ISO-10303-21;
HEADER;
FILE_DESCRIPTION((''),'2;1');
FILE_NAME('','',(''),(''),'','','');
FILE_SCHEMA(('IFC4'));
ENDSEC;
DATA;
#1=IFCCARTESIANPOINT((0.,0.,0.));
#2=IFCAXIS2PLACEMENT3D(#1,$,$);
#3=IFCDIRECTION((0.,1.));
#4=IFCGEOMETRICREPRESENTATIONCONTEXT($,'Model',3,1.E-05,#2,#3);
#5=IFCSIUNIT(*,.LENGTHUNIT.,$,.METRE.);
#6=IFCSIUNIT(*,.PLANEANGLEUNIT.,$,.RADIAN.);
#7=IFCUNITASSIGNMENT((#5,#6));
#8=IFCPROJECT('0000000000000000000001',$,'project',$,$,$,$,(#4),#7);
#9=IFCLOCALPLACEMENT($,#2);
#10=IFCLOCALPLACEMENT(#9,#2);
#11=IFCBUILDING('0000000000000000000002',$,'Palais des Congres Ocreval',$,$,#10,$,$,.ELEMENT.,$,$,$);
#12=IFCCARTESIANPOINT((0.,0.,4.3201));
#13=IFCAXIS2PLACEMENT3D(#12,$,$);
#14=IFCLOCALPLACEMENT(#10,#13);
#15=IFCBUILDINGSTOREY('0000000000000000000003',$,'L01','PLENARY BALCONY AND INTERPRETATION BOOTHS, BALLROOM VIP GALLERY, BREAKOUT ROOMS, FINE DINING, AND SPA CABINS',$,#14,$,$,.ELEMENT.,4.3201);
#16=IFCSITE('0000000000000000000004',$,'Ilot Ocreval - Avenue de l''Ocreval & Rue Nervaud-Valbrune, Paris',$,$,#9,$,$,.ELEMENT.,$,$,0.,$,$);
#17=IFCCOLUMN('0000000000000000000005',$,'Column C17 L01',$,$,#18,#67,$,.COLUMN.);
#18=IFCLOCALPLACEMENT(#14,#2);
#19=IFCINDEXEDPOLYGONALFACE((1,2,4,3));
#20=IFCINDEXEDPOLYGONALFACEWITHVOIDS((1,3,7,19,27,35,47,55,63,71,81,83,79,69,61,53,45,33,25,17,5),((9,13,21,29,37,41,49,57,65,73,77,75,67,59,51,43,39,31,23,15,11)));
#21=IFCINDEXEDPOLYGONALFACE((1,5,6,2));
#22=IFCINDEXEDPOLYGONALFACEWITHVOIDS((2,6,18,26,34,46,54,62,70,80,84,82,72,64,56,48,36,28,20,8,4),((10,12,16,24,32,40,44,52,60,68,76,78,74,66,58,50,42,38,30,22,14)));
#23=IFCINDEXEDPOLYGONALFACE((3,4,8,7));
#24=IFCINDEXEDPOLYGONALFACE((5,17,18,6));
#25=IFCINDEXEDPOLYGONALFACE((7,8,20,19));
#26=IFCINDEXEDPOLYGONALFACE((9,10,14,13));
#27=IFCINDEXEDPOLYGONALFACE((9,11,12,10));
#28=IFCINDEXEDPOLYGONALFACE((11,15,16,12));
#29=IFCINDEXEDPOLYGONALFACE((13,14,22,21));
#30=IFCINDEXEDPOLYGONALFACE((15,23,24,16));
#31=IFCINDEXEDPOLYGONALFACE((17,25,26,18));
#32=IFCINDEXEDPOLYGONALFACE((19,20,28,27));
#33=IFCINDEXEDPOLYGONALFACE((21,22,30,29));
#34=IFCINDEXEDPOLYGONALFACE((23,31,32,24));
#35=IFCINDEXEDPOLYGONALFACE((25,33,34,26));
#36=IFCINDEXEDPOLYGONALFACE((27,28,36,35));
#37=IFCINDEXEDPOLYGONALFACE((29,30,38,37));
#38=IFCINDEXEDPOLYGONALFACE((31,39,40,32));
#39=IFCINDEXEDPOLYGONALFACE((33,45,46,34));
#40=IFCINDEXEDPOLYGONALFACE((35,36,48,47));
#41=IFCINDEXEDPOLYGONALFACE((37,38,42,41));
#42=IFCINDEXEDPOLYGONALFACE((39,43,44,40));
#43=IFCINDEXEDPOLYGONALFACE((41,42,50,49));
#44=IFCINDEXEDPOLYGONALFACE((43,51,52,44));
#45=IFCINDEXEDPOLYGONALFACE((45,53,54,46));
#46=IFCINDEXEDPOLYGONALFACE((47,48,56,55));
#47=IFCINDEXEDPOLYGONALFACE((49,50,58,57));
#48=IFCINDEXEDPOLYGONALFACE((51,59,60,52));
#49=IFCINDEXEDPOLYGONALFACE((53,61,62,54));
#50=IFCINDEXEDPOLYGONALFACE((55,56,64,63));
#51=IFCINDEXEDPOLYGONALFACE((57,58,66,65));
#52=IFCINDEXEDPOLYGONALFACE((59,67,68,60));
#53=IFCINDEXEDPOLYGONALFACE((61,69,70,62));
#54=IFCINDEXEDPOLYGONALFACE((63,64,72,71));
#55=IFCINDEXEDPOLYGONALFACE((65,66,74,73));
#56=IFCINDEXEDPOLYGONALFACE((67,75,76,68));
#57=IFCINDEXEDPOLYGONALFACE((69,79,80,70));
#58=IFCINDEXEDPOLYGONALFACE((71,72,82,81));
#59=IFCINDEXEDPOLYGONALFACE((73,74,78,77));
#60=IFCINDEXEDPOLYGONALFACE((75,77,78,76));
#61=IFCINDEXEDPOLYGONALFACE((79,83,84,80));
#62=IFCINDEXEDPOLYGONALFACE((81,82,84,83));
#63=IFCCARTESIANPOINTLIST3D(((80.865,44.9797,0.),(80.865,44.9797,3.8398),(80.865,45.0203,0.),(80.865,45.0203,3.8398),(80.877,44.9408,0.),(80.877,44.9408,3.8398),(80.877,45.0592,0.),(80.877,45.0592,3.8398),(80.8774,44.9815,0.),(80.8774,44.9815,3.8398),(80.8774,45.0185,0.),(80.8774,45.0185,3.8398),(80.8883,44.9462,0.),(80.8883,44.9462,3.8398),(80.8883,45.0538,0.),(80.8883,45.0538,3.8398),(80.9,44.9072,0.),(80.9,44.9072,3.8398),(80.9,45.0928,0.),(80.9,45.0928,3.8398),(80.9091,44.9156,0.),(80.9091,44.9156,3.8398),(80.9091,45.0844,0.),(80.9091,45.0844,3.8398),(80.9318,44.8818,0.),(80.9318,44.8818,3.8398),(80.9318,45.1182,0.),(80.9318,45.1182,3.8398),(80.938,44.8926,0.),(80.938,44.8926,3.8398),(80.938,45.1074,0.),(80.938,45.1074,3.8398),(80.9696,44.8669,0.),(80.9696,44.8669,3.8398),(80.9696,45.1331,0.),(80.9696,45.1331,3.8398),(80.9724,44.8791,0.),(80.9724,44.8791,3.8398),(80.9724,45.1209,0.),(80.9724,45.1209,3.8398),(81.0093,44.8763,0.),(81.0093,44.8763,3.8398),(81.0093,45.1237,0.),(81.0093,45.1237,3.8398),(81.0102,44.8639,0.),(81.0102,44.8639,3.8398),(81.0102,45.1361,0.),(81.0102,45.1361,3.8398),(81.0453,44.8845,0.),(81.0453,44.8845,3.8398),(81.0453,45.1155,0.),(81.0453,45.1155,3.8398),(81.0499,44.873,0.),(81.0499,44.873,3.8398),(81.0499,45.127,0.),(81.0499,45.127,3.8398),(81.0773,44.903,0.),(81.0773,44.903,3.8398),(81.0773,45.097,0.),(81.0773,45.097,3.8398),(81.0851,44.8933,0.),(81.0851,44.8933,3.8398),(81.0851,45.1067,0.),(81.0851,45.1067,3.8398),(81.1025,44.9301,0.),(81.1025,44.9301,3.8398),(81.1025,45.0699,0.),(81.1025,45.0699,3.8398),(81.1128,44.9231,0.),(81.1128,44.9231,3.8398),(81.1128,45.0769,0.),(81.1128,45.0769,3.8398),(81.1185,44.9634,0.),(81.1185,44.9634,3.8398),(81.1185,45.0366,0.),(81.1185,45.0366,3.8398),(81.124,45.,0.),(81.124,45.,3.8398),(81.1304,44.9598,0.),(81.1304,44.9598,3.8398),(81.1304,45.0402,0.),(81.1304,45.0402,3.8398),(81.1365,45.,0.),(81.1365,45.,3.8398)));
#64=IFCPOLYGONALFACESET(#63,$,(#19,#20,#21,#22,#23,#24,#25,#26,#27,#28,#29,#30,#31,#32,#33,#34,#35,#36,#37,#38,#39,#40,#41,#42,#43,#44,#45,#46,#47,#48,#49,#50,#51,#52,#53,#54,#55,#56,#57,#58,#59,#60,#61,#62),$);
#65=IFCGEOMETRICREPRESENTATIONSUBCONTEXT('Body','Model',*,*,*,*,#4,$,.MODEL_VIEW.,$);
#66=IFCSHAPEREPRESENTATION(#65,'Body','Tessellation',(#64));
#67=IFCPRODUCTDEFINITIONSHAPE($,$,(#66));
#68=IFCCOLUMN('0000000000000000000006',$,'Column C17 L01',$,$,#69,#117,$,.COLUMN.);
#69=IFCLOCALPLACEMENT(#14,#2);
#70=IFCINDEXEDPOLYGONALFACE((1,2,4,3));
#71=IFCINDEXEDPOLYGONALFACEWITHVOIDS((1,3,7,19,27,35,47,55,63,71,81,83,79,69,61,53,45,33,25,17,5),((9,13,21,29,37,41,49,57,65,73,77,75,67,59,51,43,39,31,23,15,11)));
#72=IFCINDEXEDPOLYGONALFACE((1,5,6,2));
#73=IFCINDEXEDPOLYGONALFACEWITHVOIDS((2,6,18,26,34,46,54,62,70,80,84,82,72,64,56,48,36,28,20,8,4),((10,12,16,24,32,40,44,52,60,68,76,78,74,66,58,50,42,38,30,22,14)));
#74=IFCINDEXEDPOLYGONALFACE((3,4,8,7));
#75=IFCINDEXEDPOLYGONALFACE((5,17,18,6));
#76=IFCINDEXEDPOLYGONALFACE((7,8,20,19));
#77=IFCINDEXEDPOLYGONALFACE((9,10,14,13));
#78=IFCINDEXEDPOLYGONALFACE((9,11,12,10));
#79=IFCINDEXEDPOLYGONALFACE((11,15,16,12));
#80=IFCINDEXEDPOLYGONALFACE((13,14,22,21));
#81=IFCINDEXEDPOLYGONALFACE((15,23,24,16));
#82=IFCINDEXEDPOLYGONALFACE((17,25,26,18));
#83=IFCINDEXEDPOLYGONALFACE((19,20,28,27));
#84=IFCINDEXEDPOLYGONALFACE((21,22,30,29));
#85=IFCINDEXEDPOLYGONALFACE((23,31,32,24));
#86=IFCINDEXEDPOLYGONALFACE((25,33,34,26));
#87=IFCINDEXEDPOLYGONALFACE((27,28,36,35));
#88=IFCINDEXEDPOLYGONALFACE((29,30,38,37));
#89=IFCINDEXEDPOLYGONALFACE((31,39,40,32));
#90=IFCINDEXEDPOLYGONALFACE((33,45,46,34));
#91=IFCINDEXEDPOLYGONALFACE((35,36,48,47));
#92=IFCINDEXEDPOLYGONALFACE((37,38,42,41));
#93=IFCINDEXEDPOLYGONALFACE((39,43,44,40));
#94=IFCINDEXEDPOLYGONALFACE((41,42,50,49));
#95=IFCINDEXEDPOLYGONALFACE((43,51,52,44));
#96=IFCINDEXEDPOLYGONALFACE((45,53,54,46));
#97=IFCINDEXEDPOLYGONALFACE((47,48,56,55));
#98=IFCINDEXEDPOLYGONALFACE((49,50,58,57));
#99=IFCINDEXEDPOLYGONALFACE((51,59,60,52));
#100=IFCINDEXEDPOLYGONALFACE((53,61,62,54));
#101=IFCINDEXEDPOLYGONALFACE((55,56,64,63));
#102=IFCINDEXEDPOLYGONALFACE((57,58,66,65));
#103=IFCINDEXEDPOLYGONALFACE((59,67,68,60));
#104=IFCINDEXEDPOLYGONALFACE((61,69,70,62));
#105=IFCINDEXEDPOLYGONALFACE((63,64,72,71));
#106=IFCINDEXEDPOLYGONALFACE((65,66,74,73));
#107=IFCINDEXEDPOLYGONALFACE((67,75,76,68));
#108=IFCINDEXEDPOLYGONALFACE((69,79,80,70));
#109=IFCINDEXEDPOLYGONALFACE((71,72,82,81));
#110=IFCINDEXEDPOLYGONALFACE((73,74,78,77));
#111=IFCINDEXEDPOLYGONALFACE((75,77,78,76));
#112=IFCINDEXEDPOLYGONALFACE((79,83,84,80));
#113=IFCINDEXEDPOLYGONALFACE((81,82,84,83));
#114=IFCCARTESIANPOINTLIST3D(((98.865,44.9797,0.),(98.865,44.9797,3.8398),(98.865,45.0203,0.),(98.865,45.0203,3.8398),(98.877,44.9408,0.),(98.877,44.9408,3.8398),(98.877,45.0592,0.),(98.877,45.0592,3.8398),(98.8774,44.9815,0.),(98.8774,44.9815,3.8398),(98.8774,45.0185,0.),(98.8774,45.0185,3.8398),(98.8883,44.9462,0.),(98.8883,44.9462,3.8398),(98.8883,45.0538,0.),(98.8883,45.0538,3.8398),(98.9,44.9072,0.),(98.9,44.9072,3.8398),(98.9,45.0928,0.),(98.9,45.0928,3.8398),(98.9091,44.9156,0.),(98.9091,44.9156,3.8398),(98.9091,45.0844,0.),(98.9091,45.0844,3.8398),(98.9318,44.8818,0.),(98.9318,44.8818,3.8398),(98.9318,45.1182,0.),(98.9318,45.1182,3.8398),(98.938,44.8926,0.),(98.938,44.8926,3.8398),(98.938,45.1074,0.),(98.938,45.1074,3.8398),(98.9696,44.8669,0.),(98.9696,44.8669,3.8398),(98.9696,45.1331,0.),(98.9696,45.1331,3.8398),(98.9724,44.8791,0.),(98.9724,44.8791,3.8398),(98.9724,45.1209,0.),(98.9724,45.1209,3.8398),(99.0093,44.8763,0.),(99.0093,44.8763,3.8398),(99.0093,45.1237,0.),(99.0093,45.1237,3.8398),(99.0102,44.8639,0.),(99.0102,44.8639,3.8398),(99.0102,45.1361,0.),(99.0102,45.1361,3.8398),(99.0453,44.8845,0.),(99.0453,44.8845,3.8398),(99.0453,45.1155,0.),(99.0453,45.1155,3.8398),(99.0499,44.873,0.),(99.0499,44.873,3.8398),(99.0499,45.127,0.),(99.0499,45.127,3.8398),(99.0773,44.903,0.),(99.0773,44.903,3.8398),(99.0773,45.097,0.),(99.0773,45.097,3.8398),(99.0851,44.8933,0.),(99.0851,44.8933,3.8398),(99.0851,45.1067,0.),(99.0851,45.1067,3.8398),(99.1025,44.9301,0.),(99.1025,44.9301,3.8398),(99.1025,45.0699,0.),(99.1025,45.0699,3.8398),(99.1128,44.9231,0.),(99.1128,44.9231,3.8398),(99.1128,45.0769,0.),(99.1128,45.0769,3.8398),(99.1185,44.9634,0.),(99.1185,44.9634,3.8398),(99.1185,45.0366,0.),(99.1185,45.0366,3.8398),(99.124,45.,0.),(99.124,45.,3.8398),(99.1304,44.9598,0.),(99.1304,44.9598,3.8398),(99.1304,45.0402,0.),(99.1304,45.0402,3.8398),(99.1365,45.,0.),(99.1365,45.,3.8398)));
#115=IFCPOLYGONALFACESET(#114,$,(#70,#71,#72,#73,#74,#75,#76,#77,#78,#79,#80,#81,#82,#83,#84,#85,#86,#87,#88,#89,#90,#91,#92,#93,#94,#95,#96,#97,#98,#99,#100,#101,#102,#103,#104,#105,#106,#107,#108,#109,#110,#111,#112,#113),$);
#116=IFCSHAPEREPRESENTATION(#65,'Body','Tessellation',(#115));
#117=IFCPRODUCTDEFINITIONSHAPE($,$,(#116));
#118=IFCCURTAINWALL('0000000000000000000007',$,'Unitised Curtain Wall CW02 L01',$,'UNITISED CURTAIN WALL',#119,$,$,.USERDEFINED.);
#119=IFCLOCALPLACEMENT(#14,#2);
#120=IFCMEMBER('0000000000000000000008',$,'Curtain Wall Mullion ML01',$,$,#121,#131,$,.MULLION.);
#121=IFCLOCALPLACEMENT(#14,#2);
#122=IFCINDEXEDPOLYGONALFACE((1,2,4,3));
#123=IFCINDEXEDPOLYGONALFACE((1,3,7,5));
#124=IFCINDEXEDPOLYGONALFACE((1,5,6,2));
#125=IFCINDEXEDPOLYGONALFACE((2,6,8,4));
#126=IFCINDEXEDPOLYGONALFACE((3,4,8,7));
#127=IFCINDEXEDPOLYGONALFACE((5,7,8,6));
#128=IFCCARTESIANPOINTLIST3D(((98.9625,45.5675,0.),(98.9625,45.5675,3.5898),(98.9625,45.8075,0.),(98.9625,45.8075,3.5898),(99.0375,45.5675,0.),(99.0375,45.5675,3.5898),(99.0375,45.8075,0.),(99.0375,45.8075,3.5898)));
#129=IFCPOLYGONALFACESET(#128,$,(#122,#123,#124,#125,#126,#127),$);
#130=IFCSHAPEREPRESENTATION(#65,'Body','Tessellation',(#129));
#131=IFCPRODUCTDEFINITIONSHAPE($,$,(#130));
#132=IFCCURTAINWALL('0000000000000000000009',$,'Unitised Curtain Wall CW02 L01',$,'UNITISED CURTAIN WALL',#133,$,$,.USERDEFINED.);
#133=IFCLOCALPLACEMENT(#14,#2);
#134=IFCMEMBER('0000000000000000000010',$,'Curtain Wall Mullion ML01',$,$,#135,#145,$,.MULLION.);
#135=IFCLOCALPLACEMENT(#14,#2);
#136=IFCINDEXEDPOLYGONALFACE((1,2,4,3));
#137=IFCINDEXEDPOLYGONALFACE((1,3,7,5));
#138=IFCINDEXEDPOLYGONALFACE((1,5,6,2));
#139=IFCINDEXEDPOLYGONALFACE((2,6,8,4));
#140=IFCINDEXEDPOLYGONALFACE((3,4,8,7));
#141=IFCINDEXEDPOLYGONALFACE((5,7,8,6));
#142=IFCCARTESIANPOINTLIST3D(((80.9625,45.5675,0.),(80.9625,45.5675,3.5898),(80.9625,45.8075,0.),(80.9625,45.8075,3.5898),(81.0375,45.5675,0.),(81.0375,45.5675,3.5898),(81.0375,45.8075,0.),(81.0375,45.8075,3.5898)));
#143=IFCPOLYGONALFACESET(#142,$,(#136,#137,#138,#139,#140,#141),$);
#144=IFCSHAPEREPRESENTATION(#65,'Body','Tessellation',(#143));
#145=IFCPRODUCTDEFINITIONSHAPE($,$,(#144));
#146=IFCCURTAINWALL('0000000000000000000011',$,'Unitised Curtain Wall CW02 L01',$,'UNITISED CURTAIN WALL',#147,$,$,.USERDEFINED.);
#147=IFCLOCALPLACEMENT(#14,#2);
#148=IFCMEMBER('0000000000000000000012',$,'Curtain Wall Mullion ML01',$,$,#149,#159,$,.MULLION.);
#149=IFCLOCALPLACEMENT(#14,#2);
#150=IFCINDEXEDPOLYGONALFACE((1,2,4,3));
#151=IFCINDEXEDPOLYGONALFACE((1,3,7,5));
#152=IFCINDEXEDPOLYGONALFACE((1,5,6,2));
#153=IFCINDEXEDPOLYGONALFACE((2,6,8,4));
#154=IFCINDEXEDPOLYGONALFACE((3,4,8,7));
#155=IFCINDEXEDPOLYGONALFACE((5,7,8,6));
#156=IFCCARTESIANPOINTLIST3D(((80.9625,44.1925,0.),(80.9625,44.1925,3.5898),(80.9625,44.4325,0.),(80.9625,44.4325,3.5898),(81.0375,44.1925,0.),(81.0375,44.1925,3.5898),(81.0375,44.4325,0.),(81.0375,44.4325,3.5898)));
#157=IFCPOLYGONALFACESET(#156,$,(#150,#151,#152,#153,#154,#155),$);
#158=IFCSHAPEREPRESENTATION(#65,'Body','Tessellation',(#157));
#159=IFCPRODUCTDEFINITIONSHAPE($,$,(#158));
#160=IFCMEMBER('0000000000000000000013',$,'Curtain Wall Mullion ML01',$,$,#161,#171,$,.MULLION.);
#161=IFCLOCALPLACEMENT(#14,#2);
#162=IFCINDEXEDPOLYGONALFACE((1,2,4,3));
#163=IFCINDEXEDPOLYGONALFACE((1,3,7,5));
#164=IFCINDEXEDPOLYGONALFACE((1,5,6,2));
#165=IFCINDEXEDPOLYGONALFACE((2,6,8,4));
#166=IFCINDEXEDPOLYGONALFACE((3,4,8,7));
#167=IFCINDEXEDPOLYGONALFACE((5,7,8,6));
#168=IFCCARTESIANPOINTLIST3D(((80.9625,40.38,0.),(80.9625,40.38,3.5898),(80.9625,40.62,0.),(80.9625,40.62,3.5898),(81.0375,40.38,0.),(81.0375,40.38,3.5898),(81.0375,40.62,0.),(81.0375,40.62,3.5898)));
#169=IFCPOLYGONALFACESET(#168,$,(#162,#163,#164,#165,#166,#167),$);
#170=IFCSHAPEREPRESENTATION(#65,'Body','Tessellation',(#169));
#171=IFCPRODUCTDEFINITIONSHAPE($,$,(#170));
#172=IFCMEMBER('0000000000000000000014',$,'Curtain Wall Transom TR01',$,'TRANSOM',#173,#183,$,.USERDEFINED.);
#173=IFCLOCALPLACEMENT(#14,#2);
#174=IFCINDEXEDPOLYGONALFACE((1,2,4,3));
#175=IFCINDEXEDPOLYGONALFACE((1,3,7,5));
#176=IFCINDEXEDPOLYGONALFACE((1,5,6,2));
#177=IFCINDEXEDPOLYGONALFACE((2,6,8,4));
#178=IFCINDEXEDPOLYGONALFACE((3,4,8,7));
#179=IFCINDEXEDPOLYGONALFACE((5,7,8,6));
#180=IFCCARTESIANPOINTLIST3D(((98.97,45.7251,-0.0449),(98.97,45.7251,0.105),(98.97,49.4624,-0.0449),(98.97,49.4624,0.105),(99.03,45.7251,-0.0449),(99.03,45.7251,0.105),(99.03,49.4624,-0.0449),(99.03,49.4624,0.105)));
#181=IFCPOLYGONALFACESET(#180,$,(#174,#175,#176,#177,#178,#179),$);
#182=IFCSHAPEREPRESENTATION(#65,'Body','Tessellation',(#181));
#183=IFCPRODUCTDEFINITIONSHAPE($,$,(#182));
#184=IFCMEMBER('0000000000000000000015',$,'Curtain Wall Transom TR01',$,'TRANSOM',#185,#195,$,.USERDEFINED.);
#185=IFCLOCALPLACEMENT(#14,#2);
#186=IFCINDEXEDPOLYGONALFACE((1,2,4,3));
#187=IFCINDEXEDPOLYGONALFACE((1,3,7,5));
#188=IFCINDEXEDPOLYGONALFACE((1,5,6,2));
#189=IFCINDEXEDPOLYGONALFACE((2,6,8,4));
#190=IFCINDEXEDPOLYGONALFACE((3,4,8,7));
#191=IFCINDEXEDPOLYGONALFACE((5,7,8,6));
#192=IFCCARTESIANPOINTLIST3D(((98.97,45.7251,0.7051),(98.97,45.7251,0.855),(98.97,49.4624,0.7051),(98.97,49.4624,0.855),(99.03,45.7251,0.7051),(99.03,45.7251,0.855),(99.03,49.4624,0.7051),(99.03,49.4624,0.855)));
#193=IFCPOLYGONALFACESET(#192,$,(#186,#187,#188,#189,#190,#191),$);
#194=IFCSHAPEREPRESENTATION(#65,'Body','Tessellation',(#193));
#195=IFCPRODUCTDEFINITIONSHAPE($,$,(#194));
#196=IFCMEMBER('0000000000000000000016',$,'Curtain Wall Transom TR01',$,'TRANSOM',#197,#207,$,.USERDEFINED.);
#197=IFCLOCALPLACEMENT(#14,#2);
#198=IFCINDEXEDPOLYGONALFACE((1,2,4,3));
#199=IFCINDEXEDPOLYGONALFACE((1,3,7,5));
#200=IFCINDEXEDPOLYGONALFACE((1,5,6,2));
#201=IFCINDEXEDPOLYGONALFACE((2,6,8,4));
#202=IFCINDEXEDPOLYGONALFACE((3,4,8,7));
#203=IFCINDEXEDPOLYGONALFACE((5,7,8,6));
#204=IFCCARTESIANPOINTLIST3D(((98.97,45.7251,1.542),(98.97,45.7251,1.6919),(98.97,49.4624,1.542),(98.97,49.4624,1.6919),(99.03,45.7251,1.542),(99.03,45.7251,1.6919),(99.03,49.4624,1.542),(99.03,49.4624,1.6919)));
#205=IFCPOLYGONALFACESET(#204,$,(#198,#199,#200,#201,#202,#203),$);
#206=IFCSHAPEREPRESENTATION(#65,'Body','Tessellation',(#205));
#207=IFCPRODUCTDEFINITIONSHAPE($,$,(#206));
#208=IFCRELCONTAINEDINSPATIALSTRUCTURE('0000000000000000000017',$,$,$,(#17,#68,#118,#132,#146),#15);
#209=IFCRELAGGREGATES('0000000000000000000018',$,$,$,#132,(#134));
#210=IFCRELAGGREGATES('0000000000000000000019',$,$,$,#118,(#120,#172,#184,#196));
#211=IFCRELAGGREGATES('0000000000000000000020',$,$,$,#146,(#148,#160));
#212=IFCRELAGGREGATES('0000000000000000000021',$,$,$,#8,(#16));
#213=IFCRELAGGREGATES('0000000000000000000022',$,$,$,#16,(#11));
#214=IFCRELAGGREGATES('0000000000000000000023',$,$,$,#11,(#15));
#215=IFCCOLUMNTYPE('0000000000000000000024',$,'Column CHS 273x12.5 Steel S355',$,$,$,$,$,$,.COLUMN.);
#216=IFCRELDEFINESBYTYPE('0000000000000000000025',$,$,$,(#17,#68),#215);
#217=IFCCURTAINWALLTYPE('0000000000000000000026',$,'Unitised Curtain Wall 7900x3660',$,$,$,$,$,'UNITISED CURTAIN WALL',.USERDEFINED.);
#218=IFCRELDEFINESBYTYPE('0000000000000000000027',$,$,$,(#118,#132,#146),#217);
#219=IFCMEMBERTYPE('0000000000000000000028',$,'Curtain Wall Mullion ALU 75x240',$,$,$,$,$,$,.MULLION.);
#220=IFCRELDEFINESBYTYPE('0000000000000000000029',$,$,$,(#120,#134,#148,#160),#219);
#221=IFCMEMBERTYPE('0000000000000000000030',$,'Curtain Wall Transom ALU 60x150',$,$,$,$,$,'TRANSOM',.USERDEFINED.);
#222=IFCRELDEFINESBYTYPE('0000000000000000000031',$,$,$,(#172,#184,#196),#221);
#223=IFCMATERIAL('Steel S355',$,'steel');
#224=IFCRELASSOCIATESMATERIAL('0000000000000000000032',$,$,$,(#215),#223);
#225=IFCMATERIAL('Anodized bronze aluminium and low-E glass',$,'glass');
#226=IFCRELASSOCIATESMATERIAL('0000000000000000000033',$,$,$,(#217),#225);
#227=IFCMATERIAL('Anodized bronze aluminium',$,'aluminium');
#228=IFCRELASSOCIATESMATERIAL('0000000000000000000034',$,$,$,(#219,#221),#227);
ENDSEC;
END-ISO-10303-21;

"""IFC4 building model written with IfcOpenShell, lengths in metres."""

from ifc_helpers import new_model, si_unit, direction, frame, origin, origin_2d, place, context, subcontext, project, spatial, rectangle, hollow_circle, extrude, material, material_profile, profile_set, type_object, element, aggregate, save


model = new_model("IFC4")

# Units and contexts
model_context = context("Model", 3, precision=1e-05, world=origin(), true_north=direction((0.0, 1.0)))
body_context = subcontext(model_context, "Body", "Model", "MODEL_VIEW")
ifc_project = project(units=[si_unit("LENGTHUNIT", "METRE"), si_unit("PLANEANGLEUNIT", "RADIAN")], contexts=[model_context])

# Site, building, storey
site_placement = place(None, origin())
site = spatial("IfcSite", under=ifc_project, at=site_placement, Name="Ilot Ocreval - Avenue de l'Ocreval & Rue Nervaud-Valbrune, Paris", CompositionType="ELEMENT", RefElevation=0.0)
building_placement = place(site_placement, origin())
building = spatial("IfcBuilding", under=site, at=building_placement, Name="Palais des Congres Ocreval", CompositionType="ELEMENT")
storey_placement = place(building_placement, frame((0.0, 0.0, 4.3201)))
storey = spatial("IfcBuildingStorey", under=building, at=storey_placement, Name="L01", Description="PLENARY BALCONY AND INTERPRETATION BOOTHS, BALLROOM VIP GALLERY, BREAKOUT ROOMS, FINE DINING, AND SPA CABINS", CompositionType="ELEMENT", Elevation=4.3201)

# Columns
ifc_material_1 = material(Name="Steel S355", Category="steel")
ifc_material_profile_1 = material_profile(ifc_material_1, hollow_circle(Radius=0.1365, WallThickness=0.0125, at=origin_2d()), Name="CHS 273x12.5")
ifc_profile_set_1 = profile_set([ifc_material_profile_1], Name="Steel S355")
column_type = type_object("IfcColumnType", Name="Column CHS 273x12.5 Steel S355", PredefinedType="COLUMN", material=ifc_profile_set_1)
for number, where, z_axis, x_axis, name in (
    (1, (81.0, 45.0, 0.0), (0.0, 0.0, 1.0), (1.0, 0.0, 0.0), "Column C17 L01"),
    (2, (99.0, 45.0, 0.0), (0.0, 0.0, 1.0), (1.0, 0.0, 0.0), "Column C17 L01"),
):
    element("IfcColumn", number, at=place(storey_placement, frame(where, z_axis=z_axis, x_axis=x_axis)), inside=storey, type_object=column_type, Name=name, PredefinedType="COLUMN", context=body_context, shape_type="SweptSolid", body=[
        extrude(hollow_circle(Radius=0.1365, WallThickness=0.0125, at=origin_2d()), origin(), (0.0, 0.0, 1.0), 3.8398),
    ])

# Curtain walls, members
ifc_material_2 = material(Name="Anodized bronze aluminium and low-E glass", Category="glass")
curtain_wall_type = type_object("IfcCurtainWallType", Name="Unitised Curtain Wall 7900x3660", ElementType="UNITISED CURTAIN WALL", PredefinedType="USERDEFINED", material=ifc_material_2)
curtain_wall_1_placement = place(storey_placement, origin())
curtain_wall_1 = element("IfcCurtainWall", 3, at=curtain_wall_1_placement, inside=storey, type_object=curtain_wall_type, Name="Unitised Curtain Wall CW02 L01", ObjectType="UNITISED CURTAIN WALL", PredefinedType="USERDEFINED")
ifc_material_3 = material(Name="Anodized bronze aluminium", Category="aluminium")
ifc_material_profile_2 = material_profile(ifc_material_3, rectangle(XDim=0.075, YDim=0.24, at=origin_2d()), Name="ALU 75x240")
ifc_profile_set_2 = profile_set([ifc_material_profile_2], Name="Anodized bronze aluminium")
member_type_1 = type_object("IfcMemberType", Name="Curtain Wall Mullion ALU 75x240", PredefinedType="MULLION", material=ifc_profile_set_2)
member_1_placement = place(storey_placement, frame((99.0, 45.6875, 0.0), z_axis=(0.0, 0.0, 1.0), x_axis=(-1.0, 0.0, 0.0)))
member_1 = element("IfcMember", 4, at=member_1_placement, type_object=member_type_1, Name="Curtain Wall Mullion ML01", PredefinedType="MULLION", context=body_context, shape_type="SweptSolid", body=[
    extrude(rectangle(XDim=0.075, YDim=0.24, at=origin_2d()), origin(), (0.0, 0.0, 1.0), 3.5898),
])
curtain_wall_2_placement = place(storey_placement, origin())
curtain_wall_2 = element("IfcCurtainWall", 5, at=curtain_wall_2_placement, inside=storey, type_object=curtain_wall_type, Name="Unitised Curtain Wall CW02 L01", ObjectType="UNITISED CURTAIN WALL", PredefinedType="USERDEFINED")
member_2_placement = place(storey_placement, frame((81.0, 45.6875, 0.0), z_axis=(0.0, 0.0, 1.0), x_axis=(1.0, 0.0, 0.0)))
member_2 = element("IfcMember", 6, at=member_2_placement, type_object=member_type_1, Name="Curtain Wall Mullion ML01", PredefinedType="MULLION", context=body_context, shape_type="SweptSolid", body=[
    extrude(rectangle(XDim=0.075, YDim=0.24, at=origin_2d()), origin(), (0.0, 0.0, 1.0), 3.5898),
])
aggregate(curtain_wall_2, [member_2])

# Curtain wall, members
curtain_wall_3_placement = place(storey_placement, origin())
curtain_wall_3 = element("IfcCurtainWall", 7, at=curtain_wall_3_placement, inside=storey, type_object=curtain_wall_type, Name="Unitised Curtain Wall CW02 L01", ObjectType="UNITISED CURTAIN WALL", PredefinedType="USERDEFINED")
member_3_placement = place(storey_placement, frame((81.0, 44.3125, 0.0), z_axis=(0.0, 0.0, 1.0), x_axis=(1.0, 0.0, 0.0)))
member_3 = element("IfcMember", 8, at=member_3_placement, type_object=member_type_1, Name="Curtain Wall Mullion ML01", PredefinedType="MULLION", context=body_context, shape_type="SweptSolid", body=[
    extrude(rectangle(XDim=0.075, YDim=0.24, at=origin_2d()), origin(), (0.0, 0.0, 1.0), 3.5898),
])
member_4_placement = place(storey_placement, frame((81.0, 40.5, 0.0), z_axis=(0.0, 0.0, 1.0), x_axis=(1.0, 0.0, 0.0)))
member_4 = element("IfcMember", 9, at=member_4_placement, type_object=member_type_1, Name="Curtain Wall Mullion ML01", PredefinedType="MULLION", context=body_context, shape_type="SweptSolid", body=[
    extrude(rectangle(XDim=0.075, YDim=0.24, at=origin_2d()), origin(), (0.0, 0.0, 1.0), 3.5898),
])

# Members
ifc_material_profile_3 = material_profile(ifc_material_3, rectangle(XDim=0.0601, YDim=0.1499, at=origin_2d()), Name="ALU 60x150")
ifc_profile_set_3 = profile_set([ifc_material_profile_3], Name="Anodized bronze aluminium")
member_type_2 = type_object("IfcMemberType", Name="Curtain Wall Transom ALU 60x150", ElementType="TRANSOM", PredefinedType="USERDEFINED", material=ifc_profile_set_3)
member_5_placement = place(storey_placement, frame((99.0, 45.7251, 0.03), z_axis=(0.0, 1.0, 0.0), x_axis=(-1.0, 0.0, 0.0)))
member_5 = element("IfcMember", 10, at=member_5_placement, type_object=member_type_2, Name="Curtain Wall Transom TR01", ObjectType="TRANSOM", PredefinedType="USERDEFINED", context=body_context, shape_type="SweptSolid", body=[
    extrude(rectangle(XDim=0.0601, YDim=0.1499, at=origin_2d()), origin(), (0.0, 0.0, 1.0), 3.7373),
])
member_6_placement = place(storey_placement, frame((99.0, 45.7251, 0.78), z_axis=(0.0, 1.0, 0.0), x_axis=(-1.0, 0.0, 0.0)))
member_6 = element("IfcMember", 11, at=member_6_placement, type_object=member_type_2, Name="Curtain Wall Transom TR01", ObjectType="TRANSOM", PredefinedType="USERDEFINED", context=body_context, shape_type="SweptSolid", body=[
    extrude(rectangle(XDim=0.0601, YDim=0.1499, at=origin_2d()), origin(), (0.0, 0.0, 1.0), 3.7373),
])
member_7_placement = place(storey_placement, frame((99.0, 45.7251, 1.6169), z_axis=(0.0, 1.0, 0.0), x_axis=(-1.0, 0.0, 0.0)))
member_7 = element("IfcMember", 12, at=member_7_placement, type_object=member_type_2, Name="Curtain Wall Transom TR01", ObjectType="TRANSOM", PredefinedType="USERDEFINED", context=body_context, shape_type="SweptSolid", body=[
    extrude(rectangle(XDim=0.0601, YDim=0.1499, at=origin_2d()), origin(), (0.0, 0.0, 1.0), 3.7373),
])
aggregate(curtain_wall_1, [member_1, member_5, member_6, member_7])

aggregate(curtain_wall_3, [member_3, member_4])

save(model, "model.ifc")
